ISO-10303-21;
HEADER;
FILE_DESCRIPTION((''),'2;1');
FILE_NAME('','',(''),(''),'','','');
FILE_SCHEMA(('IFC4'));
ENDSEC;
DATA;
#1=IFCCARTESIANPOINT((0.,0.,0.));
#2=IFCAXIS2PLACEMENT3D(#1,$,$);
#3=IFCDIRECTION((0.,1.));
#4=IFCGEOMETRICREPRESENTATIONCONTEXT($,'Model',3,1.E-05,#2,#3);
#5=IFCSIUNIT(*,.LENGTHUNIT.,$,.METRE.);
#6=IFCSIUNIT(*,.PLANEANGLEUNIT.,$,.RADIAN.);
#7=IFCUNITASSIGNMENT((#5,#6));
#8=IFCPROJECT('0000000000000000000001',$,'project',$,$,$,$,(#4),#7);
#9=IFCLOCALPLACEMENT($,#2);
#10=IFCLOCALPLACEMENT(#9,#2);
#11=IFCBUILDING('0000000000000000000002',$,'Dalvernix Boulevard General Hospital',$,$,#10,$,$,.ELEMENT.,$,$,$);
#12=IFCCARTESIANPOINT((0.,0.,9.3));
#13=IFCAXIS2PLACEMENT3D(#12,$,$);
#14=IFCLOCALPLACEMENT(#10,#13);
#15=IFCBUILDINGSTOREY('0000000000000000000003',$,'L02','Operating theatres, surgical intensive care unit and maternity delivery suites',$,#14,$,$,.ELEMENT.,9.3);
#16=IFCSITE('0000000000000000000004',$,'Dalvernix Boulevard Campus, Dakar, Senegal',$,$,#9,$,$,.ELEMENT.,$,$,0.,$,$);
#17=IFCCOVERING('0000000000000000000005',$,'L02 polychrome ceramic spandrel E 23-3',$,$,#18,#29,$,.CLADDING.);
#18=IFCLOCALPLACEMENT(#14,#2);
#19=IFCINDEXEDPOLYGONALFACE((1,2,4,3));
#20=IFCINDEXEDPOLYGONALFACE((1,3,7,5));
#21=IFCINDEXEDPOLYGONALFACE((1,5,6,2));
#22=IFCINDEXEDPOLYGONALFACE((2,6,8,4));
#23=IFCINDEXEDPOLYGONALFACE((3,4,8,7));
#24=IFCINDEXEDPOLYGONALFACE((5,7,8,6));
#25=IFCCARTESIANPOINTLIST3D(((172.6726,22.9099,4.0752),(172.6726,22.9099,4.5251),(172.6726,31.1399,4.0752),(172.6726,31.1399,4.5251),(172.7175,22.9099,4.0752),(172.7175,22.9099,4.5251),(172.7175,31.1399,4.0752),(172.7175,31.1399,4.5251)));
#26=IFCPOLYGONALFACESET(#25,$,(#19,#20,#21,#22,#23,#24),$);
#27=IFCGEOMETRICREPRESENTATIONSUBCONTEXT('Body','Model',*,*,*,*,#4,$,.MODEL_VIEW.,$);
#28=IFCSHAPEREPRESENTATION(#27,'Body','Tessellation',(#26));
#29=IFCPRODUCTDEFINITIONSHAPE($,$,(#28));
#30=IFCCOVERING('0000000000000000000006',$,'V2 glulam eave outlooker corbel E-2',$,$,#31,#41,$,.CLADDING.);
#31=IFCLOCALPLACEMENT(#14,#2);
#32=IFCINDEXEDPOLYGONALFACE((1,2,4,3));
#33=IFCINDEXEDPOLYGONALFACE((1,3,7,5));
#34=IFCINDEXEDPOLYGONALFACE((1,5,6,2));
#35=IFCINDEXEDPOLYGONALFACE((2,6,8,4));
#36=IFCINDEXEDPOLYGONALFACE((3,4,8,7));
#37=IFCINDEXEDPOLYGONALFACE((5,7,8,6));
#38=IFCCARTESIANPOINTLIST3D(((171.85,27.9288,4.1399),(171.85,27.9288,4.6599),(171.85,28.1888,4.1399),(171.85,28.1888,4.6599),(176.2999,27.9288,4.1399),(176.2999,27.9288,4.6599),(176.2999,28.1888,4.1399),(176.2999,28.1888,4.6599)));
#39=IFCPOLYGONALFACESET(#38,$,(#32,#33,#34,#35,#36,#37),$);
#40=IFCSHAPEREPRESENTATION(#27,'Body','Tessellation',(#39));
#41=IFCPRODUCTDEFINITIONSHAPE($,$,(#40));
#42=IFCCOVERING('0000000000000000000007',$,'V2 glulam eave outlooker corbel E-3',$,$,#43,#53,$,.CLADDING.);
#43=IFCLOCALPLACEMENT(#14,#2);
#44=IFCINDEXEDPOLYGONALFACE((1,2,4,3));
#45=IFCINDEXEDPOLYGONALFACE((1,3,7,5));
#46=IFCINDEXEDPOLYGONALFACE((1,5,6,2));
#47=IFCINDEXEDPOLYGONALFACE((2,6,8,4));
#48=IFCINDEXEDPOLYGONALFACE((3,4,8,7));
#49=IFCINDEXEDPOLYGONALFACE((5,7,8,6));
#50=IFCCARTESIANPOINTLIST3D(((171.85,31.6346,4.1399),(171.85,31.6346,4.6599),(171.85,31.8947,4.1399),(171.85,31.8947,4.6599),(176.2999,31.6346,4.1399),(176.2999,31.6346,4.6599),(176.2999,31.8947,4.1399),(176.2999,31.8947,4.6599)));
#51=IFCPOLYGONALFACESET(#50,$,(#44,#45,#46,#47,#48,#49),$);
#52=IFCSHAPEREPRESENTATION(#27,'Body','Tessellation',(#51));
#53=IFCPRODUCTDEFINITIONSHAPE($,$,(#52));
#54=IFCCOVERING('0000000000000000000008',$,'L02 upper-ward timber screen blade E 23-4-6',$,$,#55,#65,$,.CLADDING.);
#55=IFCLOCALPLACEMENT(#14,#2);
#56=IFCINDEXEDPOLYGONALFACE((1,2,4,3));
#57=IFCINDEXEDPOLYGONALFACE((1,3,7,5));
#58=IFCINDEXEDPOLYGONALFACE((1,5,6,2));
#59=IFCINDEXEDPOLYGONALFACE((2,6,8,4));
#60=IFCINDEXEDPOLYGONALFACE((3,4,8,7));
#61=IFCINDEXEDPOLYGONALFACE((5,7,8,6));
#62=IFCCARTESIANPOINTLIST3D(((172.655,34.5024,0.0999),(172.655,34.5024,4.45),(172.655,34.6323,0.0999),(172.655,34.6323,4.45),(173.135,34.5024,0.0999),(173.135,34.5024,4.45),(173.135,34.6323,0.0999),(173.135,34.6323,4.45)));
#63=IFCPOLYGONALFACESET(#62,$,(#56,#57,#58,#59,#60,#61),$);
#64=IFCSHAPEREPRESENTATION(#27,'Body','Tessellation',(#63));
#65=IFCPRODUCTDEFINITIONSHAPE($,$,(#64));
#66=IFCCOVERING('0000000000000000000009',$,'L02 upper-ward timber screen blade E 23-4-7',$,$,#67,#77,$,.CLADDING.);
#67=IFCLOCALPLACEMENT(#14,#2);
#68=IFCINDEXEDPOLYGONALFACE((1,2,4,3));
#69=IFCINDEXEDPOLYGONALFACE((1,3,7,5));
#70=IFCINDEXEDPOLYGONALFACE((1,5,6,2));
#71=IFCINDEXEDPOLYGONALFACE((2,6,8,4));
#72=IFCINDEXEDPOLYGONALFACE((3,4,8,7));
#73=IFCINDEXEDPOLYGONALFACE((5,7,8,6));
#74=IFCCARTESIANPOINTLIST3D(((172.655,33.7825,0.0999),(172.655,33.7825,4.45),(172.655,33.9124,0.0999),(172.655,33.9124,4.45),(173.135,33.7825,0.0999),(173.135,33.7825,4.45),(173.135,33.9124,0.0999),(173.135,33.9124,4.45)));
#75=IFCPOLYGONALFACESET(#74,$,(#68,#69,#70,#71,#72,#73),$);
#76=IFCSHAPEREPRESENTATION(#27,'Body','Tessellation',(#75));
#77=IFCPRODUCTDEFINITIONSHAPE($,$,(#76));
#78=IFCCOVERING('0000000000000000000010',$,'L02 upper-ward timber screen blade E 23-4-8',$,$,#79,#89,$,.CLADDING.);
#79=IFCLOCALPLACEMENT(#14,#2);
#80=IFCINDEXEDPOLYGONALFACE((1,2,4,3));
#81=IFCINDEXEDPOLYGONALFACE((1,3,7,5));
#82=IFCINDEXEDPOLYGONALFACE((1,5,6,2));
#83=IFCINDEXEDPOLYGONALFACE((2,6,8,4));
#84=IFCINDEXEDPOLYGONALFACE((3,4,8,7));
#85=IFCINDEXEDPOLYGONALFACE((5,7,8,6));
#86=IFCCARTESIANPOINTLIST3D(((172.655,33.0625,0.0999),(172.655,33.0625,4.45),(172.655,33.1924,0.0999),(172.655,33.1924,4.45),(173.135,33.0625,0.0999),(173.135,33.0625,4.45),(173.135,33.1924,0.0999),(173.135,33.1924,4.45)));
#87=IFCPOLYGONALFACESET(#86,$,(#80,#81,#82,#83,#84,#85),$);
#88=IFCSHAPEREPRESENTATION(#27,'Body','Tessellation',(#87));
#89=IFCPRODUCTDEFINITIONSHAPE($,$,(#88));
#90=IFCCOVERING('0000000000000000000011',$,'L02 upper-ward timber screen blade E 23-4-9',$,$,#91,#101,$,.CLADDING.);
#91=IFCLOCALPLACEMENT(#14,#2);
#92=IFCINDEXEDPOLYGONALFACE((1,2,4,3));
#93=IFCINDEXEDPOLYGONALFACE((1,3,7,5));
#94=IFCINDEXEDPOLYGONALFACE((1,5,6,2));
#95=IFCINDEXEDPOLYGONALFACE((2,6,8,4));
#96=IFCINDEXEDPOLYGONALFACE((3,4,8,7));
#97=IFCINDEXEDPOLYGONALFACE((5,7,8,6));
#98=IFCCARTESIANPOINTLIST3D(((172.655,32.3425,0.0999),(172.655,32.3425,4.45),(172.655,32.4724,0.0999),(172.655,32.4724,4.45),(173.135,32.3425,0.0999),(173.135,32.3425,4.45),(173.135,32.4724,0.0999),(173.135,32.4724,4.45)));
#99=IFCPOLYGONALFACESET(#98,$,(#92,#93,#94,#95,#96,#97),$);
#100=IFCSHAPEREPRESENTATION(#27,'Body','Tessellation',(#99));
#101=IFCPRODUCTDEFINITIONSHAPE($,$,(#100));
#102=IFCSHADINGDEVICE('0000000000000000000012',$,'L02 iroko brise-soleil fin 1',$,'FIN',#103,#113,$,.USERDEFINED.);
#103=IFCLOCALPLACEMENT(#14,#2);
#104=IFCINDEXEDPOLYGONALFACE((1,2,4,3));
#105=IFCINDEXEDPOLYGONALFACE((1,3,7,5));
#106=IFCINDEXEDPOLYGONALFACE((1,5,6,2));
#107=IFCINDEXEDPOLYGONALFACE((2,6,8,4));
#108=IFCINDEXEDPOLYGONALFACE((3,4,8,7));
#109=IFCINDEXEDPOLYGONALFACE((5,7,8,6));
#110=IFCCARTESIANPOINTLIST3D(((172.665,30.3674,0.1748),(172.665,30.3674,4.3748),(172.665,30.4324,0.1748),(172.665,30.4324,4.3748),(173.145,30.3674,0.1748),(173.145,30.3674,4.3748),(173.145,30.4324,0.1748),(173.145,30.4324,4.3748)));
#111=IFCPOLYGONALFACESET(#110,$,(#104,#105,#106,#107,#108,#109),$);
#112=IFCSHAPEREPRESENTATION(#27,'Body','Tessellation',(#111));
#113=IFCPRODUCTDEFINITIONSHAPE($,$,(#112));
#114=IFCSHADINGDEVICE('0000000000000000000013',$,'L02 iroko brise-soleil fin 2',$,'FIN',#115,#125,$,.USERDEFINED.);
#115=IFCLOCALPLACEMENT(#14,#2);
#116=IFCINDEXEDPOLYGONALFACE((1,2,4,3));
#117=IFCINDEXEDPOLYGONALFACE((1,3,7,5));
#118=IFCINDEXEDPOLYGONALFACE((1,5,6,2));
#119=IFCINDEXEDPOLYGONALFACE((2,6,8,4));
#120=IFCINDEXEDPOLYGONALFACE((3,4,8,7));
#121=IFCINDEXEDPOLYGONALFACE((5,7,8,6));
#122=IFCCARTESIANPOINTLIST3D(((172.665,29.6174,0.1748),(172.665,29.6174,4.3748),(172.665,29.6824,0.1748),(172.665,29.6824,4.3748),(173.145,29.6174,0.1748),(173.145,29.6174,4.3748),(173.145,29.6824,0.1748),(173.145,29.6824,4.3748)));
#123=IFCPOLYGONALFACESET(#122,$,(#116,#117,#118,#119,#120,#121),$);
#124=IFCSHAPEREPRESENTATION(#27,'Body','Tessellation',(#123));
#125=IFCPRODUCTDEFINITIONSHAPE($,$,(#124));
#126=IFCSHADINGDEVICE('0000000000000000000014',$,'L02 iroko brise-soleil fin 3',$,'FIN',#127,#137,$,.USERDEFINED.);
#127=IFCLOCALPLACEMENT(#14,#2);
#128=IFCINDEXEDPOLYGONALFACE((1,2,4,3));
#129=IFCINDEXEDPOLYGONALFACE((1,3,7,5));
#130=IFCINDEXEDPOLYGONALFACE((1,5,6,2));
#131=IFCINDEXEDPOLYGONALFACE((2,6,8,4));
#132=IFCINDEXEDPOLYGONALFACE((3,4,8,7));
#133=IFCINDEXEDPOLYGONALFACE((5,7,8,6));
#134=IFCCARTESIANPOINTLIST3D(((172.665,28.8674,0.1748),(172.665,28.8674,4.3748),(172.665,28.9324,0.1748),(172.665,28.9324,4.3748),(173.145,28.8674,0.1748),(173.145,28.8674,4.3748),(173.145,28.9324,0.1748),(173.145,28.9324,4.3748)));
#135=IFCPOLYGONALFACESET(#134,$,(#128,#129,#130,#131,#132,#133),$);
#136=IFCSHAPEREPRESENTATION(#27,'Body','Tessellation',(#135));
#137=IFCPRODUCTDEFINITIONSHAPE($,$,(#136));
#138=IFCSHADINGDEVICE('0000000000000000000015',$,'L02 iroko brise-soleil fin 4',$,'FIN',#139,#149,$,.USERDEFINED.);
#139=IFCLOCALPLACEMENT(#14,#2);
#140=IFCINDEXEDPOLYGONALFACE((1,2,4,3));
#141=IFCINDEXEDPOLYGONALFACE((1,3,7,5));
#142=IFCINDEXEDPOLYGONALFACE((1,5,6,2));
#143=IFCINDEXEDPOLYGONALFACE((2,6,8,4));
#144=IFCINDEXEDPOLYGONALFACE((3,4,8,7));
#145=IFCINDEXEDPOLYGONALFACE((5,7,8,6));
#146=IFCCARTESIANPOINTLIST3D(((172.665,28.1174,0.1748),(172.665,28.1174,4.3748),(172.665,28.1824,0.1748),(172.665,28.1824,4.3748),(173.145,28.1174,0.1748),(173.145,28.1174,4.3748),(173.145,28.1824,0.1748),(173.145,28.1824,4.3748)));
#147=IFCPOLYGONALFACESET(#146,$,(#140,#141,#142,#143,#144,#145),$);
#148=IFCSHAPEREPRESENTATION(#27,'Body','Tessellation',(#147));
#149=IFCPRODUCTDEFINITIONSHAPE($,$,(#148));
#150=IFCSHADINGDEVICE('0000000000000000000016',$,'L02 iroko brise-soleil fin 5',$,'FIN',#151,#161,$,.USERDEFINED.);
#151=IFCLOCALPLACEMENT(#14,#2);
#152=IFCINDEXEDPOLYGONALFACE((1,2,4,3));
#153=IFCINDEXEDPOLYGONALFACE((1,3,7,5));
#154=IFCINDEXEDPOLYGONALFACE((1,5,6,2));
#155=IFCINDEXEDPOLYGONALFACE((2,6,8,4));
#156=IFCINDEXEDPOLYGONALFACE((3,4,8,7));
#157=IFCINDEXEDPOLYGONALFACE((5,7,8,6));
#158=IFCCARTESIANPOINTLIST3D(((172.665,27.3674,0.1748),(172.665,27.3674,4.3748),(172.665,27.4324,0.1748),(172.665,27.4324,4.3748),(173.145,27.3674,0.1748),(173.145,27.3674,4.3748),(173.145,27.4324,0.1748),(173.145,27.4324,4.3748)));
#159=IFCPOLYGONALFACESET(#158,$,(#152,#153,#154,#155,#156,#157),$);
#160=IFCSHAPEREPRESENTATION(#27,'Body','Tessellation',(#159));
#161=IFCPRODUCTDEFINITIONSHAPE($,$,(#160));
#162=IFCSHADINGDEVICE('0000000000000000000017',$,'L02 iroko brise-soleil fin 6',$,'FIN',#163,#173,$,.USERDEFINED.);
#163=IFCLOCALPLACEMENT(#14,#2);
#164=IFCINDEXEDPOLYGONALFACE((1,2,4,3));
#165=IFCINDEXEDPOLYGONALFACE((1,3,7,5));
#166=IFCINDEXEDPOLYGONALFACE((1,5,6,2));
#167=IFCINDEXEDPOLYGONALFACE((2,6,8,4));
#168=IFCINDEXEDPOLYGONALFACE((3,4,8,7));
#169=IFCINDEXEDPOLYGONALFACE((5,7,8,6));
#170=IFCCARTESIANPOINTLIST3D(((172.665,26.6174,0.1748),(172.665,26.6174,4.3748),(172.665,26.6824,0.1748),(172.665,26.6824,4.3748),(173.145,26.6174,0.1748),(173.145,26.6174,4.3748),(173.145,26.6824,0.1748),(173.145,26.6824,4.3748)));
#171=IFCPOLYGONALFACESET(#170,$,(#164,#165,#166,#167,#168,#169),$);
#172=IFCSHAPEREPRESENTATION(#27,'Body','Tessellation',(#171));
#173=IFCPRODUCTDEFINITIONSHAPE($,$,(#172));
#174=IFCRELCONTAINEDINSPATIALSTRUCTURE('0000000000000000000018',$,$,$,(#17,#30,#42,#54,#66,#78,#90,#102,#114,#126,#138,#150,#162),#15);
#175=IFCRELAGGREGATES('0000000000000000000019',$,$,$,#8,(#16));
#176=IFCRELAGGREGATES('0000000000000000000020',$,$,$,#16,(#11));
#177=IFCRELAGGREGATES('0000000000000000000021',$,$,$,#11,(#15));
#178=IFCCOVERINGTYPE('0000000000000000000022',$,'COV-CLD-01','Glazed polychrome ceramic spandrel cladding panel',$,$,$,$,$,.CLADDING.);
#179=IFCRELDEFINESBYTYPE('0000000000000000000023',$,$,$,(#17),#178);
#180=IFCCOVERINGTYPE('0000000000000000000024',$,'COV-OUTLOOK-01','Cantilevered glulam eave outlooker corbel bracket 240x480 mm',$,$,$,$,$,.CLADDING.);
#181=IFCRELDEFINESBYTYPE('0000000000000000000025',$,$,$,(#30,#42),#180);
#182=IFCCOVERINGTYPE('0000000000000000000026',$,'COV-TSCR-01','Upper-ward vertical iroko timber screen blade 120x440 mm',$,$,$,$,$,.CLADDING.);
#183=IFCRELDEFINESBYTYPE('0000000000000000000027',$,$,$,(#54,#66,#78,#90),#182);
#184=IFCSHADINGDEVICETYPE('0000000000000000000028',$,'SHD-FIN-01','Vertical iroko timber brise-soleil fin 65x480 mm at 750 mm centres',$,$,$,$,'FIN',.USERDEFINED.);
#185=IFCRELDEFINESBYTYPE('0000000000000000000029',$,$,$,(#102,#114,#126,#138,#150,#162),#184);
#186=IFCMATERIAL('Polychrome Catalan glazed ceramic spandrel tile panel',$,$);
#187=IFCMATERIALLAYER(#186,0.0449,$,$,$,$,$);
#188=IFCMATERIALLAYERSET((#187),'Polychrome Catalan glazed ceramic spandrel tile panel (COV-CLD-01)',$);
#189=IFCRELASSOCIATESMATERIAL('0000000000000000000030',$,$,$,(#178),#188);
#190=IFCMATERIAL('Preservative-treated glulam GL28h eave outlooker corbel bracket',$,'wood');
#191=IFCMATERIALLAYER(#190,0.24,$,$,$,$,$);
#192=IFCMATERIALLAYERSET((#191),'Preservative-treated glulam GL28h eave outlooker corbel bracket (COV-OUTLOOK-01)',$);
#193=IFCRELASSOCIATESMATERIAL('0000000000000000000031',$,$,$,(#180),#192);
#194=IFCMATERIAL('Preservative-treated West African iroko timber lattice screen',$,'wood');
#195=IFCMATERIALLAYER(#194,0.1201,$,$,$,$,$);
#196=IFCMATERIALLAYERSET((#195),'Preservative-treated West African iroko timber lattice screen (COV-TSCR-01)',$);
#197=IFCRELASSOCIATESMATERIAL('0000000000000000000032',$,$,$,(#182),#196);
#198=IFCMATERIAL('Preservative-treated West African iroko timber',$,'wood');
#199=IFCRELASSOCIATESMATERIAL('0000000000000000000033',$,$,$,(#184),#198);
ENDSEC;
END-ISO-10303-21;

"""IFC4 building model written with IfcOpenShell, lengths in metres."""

from ifc_helpers import new_model, si_unit, direction, frame, origin, origin_2d, place, context, subcontext, project, spatial, rectangle, extrude, material, layer, layer_set, type_object, element, save


model = new_model("IFC4")

# Units and contexts
model_context = context("Model", 3, precision=1e-05, world=origin(), true_north=direction((0.0, 1.0)))
body_context = subcontext(model_context, "Body", "Model", "MODEL_VIEW")
ifc_project = project(units=[si_unit("LENGTHUNIT", "METRE"), si_unit("PLANEANGLEUNIT", "RADIAN")], contexts=[model_context])

# Site, building, storey
site_placement = place(None, origin())
site = spatial("IfcSite", under=ifc_project, at=site_placement, Name="Dalvernix Boulevard Campus, Dakar, Senegal", CompositionType="ELEMENT", RefElevation=0.0)
building_placement = place(site_placement, origin())
building = spatial("IfcBuilding", under=site, at=building_placement, Name="Dalvernix Boulevard General Hospital", CompositionType="ELEMENT")
storey_placement = place(building_placement, frame((0.0, 0.0, 9.3)))
storey = spatial("IfcBuildingStorey", under=building, at=storey_placement, Name="L02", Description="Operating theatres, surgical intensive care unit and maternity delivery suites", CompositionType="ELEMENT", Elevation=9.3)

# Coverings
ifc_material_1 = material(Name="Polychrome Catalan glazed ceramic spandrel tile panel")
ifc_layer_1 = layer(ifc_material_1, 0.0449)
ifc_layer_set_1 = layer_set([ifc_layer_1], Name="Polychrome Catalan glazed ceramic spandrel tile panel (COV-CLD-01)")
covering_type_1 = type_object("IfcCoveringType", Name="COV-CLD-01", Description="Glazed polychrome ceramic spandrel cladding panel", PredefinedType="CLADDING", material=ifc_layer_set_1)
covering_1_placement = place(storey_placement, frame((172.6951, 27.0249, 4.0752), z_axis=(0.0, 0.0, 1.0), x_axis=(0.0, -1.0, 0.0)))
element("IfcCovering", 1, at=covering_1_placement, inside=storey, type_object=covering_type_1, Name="L02 polychrome ceramic spandrel E 23-3", PredefinedType="CLADDING", context=body_context, shape_type="SweptSolid", body=[
    extrude(rectangle(XDim=8.23, YDim=0.0449, at=origin_2d()), origin(), (0.0, 0.0, 1.0), 0.45),
])
ifc_material_2 = material(Name="Preservative-treated glulam GL28h eave outlooker corbel bracket", Category="wood")
ifc_layer_2 = layer(ifc_material_2, 0.24)
ifc_layer_set_2 = layer_set([ifc_layer_2], Name="Preservative-treated glulam GL28h eave outlooker corbel bracket (COV-OUTLOOK-01)")
covering_type_2 = type_object("IfcCoveringType", Name="COV-OUTLOOK-01", Description="Cantilevered glulam eave outlooker corbel bracket 240x480 mm", PredefinedType="CLADDING", material=ifc_layer_set_2)
for number, where, z_axis, x_axis, name in (
    (2, (174.075, 28.0588, 4.1399), (0.0, 0.0, 1.0), (1.0, 0.0, 0.0), "V2 glulam eave outlooker corbel E-2"),
    (3, (174.075, 31.7646, 4.1399), (0.0, 0.0, 1.0), (1.0, 0.0, 0.0), "V2 glulam eave outlooker corbel E-3"),
):
    element("IfcCovering", number, at=place(storey_placement, frame(where, z_axis=z_axis, x_axis=x_axis)), inside=storey, type_object=covering_type_2, Name=name, PredefinedType="CLADDING", context=body_context, shape_type="SweptSolid", body=[
        extrude(rectangle(XDim=4.45, YDim=0.26, at=origin_2d()), origin(), (0.0, 0.0, 1.0), 0.52),
    ])
ifc_material_3 = material(Name="Preservative-treated West African iroko timber lattice screen", Category="wood")
ifc_layer_3 = layer(ifc_material_3, 0.1201)
ifc_layer_set_3 = layer_set([ifc_layer_3], Name="Preservative-treated West African iroko timber lattice screen (COV-TSCR-01)")
covering_type_3 = type_object("IfcCoveringType", Name="COV-TSCR-01", Description="Upper-ward vertical iroko timber screen blade 120x440 mm", PredefinedType="CLADDING", material=ifc_layer_set_3)
for number, where, z_axis, x_axis, name in (
    (4, (172.895, 34.5674, 0.0999), (0.0, 0.0, 1.0), (0.0, -1.0, 0.0), "L02 upper-ward timber screen blade E 23-4-6"),
    (5, (172.895, 33.8474, 0.0999), (0.0, 0.0, 1.0), (0.0, -1.0, 0.0), "L02 upper-ward timber screen blade E 23-4-7"),
    (6, (172.895, 33.1274, 0.0999), (0.0, 0.0, 1.0), (0.0, -1.0, 0.0), "L02 upper-ward timber screen blade E 23-4-8"),
    (7, (172.895, 32.4075, 0.0999), (0.0, 0.0, 1.0), (0.0, -1.0, 0.0), "L02 upper-ward timber screen blade E 23-4-9"),
):
    element("IfcCovering", number, at=place(storey_placement, frame(where, z_axis=z_axis, x_axis=x_axis)), inside=storey, type_object=covering_type_3, Name=name, PredefinedType="CLADDING", context=body_context, shape_type="SweptSolid", body=[
        extrude(rectangle(XDim=0.1299, YDim=0.48, at=origin_2d()), origin(), (0.0, 0.0, 1.0), 4.3501),
    ])

# Shading devices
ifc_material_4 = material(Name="Preservative-treated West African iroko timber", Category="wood")
shading_device_type = type_object("IfcShadingDeviceType", Name="SHD-FIN-01", Description="Vertical iroko timber brise-soleil fin 65x480 mm at 750 mm centres", ElementType="FIN", PredefinedType="USERDEFINED", material=ifc_material_4)
for number, where, z_axis, x_axis, name in (
    (8, (172.905, 30.3999, 0.1748), (0.0, 0.0, 1.0), (0.0, -1.0, 0.0), "L02 iroko brise-soleil fin 1"),
    (9, (172.905, 29.6499, 0.1748), (0.0, 0.0, 1.0), (0.0, -1.0, 0.0), "L02 iroko brise-soleil fin 2"),
    (10, (172.905, 28.8999, 0.1748), (0.0, 0.0, 1.0), (0.0, -1.0, 0.0), "L02 iroko brise-soleil fin 3"),
    (11, (172.905, 28.1499, 0.1748), (0.0, 0.0, 1.0), (0.0, -1.0, 0.0), "L02 iroko brise-soleil fin 4"),
    (12, (172.905, 27.3999, 0.1748), (0.0, 0.0, 1.0), (0.0, -1.0, 0.0), "L02 iroko brise-soleil fin 5"),
    (13, (172.905, 26.6499, 0.1748), (0.0, 0.0, 1.0), (0.0, -1.0, 0.0), "L02 iroko brise-soleil fin 6"),
):
    element("IfcShadingDevice", number, at=place(storey_placement, frame(where, z_axis=z_axis, x_axis=x_axis)), inside=storey, type_object=shading_device_type, Name=name, ObjectType="FIN", PredefinedType="USERDEFINED", context=body_context, shape_type="SweptSolid", body=[
        extrude(rectangle(XDim=0.0649, YDim=0.48, at=origin_2d()), origin(), (0.0, 0.0, 1.0), 4.2),
    ])

save(model, "model.ifc")
